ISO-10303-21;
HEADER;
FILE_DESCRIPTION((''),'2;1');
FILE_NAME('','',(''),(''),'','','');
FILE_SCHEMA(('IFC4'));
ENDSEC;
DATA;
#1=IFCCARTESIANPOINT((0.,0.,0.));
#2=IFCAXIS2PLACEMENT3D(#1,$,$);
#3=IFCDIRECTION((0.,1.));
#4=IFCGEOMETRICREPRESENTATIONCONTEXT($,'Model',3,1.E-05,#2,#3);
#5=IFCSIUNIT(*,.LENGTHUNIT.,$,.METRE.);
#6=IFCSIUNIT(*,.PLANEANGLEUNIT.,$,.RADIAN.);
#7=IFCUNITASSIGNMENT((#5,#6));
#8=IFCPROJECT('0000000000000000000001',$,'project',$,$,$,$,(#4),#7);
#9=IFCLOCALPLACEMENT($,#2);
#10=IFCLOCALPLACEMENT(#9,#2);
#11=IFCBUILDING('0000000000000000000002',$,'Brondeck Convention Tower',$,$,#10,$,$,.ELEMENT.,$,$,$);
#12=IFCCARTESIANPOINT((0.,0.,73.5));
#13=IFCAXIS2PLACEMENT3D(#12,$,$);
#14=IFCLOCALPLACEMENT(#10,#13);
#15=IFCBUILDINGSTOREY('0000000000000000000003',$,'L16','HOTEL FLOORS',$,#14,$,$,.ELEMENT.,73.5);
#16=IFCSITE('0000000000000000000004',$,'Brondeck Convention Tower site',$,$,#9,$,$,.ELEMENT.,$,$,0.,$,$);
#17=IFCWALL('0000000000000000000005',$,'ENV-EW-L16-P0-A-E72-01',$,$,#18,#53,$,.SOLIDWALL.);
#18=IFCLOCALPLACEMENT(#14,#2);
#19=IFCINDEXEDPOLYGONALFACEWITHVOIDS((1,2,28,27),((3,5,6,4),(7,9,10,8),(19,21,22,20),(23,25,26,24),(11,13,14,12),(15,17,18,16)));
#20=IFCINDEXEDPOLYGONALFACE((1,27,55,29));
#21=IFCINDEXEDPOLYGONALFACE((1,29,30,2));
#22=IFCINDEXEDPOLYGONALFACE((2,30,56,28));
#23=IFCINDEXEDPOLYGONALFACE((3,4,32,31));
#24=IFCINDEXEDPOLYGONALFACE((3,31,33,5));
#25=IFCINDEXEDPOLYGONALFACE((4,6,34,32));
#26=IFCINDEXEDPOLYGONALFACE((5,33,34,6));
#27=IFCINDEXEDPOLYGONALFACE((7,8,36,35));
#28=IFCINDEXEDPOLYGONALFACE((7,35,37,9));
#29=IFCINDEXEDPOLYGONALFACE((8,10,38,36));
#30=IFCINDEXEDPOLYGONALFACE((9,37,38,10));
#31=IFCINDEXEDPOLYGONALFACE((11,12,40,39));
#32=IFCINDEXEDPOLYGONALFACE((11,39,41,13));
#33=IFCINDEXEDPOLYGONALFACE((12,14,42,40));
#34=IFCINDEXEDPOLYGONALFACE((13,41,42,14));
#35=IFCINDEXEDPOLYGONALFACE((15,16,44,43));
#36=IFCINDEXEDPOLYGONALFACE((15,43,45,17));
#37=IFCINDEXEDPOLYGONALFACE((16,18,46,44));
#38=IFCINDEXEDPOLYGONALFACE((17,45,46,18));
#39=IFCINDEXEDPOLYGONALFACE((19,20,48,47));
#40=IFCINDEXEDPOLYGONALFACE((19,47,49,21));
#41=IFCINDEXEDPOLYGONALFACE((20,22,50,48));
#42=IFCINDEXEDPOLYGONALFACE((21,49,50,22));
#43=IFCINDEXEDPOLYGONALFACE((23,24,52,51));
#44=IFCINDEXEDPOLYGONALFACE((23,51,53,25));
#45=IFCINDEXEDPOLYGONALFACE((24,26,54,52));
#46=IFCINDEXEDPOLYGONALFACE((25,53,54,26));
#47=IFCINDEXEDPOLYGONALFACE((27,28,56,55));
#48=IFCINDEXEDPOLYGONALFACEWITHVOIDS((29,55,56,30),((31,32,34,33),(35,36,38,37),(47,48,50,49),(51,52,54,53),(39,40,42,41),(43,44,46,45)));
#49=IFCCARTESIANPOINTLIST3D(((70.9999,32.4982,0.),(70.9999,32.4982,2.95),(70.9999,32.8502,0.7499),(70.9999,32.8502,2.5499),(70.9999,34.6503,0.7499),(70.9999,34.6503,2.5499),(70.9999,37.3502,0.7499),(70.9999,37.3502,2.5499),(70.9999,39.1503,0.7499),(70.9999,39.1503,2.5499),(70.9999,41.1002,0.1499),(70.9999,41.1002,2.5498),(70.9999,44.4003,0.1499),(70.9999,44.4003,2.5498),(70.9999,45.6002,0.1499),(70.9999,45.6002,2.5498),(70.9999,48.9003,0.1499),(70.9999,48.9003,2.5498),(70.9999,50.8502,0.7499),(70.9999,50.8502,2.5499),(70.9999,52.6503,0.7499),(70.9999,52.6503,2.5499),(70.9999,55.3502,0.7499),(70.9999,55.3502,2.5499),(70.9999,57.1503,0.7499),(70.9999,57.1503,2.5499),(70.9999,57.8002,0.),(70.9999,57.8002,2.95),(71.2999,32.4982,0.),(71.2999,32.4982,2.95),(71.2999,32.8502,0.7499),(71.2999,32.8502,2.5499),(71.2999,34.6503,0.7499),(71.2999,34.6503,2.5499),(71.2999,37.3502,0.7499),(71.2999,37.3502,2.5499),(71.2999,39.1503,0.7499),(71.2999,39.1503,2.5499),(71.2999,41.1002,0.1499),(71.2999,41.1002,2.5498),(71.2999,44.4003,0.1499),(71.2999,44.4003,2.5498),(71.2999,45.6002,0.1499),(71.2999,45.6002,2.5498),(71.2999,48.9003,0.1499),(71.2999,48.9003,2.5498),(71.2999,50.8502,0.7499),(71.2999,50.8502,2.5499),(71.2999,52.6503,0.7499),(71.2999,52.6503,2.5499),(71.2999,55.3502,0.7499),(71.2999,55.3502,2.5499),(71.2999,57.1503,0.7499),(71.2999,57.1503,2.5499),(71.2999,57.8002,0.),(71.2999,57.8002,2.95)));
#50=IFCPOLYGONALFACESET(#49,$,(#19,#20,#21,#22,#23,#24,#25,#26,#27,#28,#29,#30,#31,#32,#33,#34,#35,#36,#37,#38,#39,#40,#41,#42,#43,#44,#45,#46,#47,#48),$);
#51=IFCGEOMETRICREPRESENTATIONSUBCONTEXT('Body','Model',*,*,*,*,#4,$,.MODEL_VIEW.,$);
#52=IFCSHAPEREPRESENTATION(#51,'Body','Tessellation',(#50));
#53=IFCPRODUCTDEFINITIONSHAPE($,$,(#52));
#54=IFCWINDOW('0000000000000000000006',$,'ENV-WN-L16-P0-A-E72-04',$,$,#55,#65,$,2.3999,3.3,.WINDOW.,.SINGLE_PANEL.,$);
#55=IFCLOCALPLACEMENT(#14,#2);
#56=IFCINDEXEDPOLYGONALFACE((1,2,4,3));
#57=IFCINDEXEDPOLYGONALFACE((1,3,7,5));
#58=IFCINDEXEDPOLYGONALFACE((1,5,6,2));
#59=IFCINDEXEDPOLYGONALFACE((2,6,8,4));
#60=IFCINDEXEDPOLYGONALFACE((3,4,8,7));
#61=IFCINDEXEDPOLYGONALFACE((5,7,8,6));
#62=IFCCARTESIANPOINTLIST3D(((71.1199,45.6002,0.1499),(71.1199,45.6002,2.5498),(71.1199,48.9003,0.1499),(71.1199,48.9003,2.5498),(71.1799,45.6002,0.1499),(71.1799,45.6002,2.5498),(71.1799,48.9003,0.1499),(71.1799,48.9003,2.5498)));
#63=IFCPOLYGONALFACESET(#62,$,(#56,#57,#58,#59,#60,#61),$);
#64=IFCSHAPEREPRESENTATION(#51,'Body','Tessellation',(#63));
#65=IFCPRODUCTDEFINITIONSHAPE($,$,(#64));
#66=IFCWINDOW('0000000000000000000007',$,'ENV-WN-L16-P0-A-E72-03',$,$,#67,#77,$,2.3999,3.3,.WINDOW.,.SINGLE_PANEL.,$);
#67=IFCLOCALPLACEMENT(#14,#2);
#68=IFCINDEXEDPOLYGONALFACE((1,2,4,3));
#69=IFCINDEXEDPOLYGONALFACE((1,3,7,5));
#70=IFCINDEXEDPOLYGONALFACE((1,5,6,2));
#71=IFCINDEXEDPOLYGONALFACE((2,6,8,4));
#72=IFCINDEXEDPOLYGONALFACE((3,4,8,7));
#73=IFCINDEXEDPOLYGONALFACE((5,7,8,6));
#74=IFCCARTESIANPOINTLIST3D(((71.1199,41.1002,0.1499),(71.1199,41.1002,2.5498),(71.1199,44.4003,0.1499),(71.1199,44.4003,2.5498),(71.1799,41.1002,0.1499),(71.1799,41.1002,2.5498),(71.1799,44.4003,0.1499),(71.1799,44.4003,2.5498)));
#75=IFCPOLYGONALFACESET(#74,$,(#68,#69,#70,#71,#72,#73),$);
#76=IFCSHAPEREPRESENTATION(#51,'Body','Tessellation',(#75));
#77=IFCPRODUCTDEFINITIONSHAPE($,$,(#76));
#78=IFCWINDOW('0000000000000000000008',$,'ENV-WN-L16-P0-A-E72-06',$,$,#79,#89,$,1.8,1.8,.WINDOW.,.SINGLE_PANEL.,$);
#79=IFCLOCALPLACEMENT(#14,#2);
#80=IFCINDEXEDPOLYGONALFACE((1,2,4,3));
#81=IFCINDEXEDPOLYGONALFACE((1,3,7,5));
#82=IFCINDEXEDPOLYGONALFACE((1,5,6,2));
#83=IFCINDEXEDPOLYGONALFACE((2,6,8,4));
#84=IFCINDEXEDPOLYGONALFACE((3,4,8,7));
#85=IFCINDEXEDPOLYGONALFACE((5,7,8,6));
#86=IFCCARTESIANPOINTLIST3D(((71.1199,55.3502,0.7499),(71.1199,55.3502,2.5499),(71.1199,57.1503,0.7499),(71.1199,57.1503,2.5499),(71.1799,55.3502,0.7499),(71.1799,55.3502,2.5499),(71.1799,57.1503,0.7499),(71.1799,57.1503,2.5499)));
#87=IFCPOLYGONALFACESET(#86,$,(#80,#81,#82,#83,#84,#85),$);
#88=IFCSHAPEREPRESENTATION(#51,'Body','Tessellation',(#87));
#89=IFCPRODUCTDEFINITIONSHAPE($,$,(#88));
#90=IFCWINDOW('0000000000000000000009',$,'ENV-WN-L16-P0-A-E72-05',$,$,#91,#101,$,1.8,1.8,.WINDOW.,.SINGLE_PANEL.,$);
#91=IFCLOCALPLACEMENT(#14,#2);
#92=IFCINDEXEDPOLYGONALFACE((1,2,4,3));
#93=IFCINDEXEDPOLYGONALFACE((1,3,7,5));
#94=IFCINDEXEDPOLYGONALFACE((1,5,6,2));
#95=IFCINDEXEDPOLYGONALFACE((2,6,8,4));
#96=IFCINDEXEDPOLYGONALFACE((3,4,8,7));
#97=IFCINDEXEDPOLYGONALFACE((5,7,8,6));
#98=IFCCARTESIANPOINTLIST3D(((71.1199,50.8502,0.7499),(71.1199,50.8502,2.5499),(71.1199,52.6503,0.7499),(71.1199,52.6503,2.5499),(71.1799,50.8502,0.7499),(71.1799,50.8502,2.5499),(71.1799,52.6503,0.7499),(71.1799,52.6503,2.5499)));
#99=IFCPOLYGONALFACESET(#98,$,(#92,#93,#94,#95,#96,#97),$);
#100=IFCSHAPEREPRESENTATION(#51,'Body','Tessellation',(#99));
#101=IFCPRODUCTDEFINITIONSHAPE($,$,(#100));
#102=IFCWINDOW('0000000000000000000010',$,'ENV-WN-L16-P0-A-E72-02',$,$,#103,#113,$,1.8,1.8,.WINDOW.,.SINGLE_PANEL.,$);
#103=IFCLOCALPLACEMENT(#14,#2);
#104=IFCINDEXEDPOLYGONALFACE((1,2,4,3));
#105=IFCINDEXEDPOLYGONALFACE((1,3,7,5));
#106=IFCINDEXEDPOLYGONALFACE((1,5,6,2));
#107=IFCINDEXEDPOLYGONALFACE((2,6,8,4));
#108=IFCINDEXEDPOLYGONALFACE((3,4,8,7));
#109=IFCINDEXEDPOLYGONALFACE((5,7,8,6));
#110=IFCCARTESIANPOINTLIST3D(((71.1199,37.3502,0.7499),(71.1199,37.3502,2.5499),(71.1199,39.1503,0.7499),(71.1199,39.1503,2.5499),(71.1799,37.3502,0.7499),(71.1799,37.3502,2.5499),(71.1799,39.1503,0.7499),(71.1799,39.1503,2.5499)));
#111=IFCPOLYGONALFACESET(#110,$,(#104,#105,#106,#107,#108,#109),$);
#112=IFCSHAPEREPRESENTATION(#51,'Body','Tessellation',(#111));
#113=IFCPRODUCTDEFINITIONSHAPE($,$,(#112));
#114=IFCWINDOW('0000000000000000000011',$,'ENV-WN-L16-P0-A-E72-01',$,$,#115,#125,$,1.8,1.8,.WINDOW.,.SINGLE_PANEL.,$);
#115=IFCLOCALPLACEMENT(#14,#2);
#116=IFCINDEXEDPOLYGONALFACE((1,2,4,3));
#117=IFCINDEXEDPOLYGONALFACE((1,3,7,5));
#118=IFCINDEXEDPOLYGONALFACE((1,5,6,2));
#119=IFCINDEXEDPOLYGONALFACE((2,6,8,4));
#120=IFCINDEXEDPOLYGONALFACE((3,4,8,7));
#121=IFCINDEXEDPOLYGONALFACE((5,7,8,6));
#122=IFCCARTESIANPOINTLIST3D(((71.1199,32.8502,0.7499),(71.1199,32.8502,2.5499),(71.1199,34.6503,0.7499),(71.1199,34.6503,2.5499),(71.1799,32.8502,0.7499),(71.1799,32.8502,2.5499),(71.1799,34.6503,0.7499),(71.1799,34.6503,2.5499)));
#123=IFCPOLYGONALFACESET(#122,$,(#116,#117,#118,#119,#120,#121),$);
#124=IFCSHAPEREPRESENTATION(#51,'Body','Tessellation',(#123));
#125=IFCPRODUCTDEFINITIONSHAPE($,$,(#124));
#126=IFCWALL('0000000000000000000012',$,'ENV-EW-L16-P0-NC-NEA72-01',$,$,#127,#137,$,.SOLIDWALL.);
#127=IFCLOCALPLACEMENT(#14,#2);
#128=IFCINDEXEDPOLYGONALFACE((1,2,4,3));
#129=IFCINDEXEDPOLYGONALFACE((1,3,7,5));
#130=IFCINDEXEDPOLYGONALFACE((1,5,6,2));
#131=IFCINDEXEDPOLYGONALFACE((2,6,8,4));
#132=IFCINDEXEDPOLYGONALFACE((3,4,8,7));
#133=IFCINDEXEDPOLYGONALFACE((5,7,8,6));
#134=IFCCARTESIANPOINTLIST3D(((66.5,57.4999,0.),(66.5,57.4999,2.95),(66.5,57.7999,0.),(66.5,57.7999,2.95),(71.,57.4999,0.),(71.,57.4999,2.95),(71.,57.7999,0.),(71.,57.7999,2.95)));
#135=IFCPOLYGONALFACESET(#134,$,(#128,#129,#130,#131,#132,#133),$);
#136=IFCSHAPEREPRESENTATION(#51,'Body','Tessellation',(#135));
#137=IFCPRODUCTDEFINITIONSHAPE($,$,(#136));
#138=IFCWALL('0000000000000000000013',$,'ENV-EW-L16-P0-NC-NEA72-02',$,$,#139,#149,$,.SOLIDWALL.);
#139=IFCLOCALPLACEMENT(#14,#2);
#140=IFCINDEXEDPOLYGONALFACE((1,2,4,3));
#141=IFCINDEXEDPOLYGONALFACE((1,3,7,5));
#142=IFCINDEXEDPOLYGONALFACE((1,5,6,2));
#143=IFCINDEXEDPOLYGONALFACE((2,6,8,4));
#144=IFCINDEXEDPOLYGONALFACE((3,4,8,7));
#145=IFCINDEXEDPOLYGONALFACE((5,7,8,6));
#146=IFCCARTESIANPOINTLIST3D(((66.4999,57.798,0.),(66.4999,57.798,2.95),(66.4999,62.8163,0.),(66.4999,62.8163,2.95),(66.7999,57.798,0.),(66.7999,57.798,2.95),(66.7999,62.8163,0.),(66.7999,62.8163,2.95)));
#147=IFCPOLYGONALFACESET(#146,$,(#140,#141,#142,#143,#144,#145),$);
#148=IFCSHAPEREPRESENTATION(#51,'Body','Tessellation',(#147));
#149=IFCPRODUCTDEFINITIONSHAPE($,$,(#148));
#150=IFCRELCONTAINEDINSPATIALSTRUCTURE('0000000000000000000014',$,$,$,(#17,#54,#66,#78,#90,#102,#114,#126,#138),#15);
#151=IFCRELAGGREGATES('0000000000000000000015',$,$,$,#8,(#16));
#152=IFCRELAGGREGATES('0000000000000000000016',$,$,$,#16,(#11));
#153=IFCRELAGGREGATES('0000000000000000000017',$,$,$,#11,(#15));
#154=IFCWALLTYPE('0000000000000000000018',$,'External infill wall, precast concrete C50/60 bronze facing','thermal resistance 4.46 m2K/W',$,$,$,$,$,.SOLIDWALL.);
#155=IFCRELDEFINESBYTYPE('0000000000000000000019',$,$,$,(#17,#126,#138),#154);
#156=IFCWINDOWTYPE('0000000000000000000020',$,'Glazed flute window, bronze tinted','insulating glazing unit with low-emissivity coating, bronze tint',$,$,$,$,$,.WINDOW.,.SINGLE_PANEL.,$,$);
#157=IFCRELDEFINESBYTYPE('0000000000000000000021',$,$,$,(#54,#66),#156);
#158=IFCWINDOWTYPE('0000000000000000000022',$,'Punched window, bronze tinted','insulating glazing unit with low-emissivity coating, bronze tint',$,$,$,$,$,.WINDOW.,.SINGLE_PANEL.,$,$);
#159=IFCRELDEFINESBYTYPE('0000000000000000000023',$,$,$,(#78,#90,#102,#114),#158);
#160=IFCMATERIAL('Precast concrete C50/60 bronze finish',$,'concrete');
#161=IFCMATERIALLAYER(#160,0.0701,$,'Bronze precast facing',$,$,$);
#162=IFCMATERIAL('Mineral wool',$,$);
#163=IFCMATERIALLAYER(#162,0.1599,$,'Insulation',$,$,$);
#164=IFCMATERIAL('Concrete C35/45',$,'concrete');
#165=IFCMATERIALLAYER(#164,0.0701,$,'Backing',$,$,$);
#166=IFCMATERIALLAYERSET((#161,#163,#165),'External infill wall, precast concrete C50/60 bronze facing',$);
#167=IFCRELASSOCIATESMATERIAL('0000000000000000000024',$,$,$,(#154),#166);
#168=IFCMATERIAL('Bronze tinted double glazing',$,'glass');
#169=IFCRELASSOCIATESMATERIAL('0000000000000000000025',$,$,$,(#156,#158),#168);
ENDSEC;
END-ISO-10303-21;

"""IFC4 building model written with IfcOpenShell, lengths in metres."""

from ifc_helpers import new_model, si_unit, direction, frame, frame_2d, origin, place, context, subcontext, project, spatial, rectangle, extrude, material, layer, layer_set, type_object, element, fill, save


model = new_model("IFC4")

# Units and contexts
model_context = context("Model", 3, precision=1e-05, world=origin(), true_north=direction((0.0, 1.0)))
body_context = subcontext(model_context, "Body", "Model", "MODEL_VIEW")
ifc_project = project(units=[si_unit("LENGTHUNIT", "METRE"), si_unit("PLANEANGLEUNIT", "RADIAN")], contexts=[model_context])

# Site, building, storey
site_placement = place(None, origin())
site = spatial("IfcSite", under=ifc_project, at=site_placement, Name="Brondeck Convention Tower site", CompositionType="ELEMENT", RefElevation=0.0)
building_placement = place(site_placement, origin())
building = spatial("IfcBuilding", under=site, at=building_placement, Name="Brondeck Convention Tower", CompositionType="ELEMENT")
storey_placement = place(building_placement, frame((0.0, 0.0, 73.5)))
storey = spatial("IfcBuildingStorey", under=building, at=storey_placement, Name="L16", Description="HOTEL FLOORS", CompositionType="ELEMENT", Elevation=73.5)

# Wall, openings, windows
ifc_material_1 = material(Name="Precast concrete C50/60 bronze finish", Category="concrete")
ifc_layer_1 = layer(ifc_material_1, 0.0701, Name="Bronze precast facing")
ifc_material_2 = material(Name="Mineral wool")
ifc_layer_2 = layer(ifc_material_2, 0.1599, Name="Insulation")
ifc_material_3 = material(Name="Concrete C35/45", Category="concrete")
ifc_layer_3 = layer(ifc_material_3, 0.0701, Name="Backing")
ifc_layer_set_1 = layer_set([ifc_layer_1, ifc_layer_2, ifc_layer_3], Name="External infill wall, precast concrete C50/60 bronze facing")
wall_type_1 = type_object("IfcWallType", Name="External infill wall, precast concrete C50/60 bronze facing", Description="thermal resistance 4.46 m2K/W", PredefinedType="SOLIDWALL", material=ifc_layer_set_1)
wall_1_placement = place(storey_placement, frame((71.1499, 57.8, 0.0), z_axis=(0.0, 0.0, 1.0), x_axis=(0.0, -1.0, 0.0)))
wall_1 = element("IfcWall", 1, at=wall_1_placement, inside=storey, type_object=wall_type_1, Name="ENV-EW-L16-P0-A-E72-01", PredefinedType="SOLIDWALL", context=body_context, shape_type="SweptSolid", body=[
    extrude(rectangle(XDim=25.302, YDim=0.3, at=frame_2d((12.6509, 0.0))), origin(), (0.0, 0.0, 1.0), 2.95),
])
opening_1_placement = place(wall_1_placement, frame((0.6499, 0.0, 0.75)))
opening_1 = element("IfcOpeningElement", 2, at=opening_1_placement, cuts=wall_1, PredefinedType="OPENING", context=body_context, shape_type="SweptSolid", body=[
    extrude(rectangle(XDim=1.8, YDim=1.8, at=frame_2d((0.8999, 0.8999))), frame((0.0, 0.1599, 0.0), z_axis=(0.0, -1.0, 0.0), x_axis=(1.0, 0.0, 0.0)), (0.0, 0.0, 1.0), 0.3201),
])
opening_2_placement = place(wall_1_placement, frame((5.1499, 0.0, 0.75)))
opening_2 = element("IfcOpeningElement", 3, at=opening_2_placement, cuts=wall_1, PredefinedType="OPENING", context=body_context, shape_type="SweptSolid", body=[
    extrude(rectangle(XDim=1.8, YDim=1.8, at=frame_2d((0.8999, 0.8999))), frame((0.0, 0.1599, 0.0), z_axis=(0.0, -1.0, 0.0), x_axis=(1.0, 0.0, 0.0)), (0.0, 0.0, 1.0), 0.3201),
])
opening_3_placement = place(wall_1_placement, frame((8.8999, 0.0, 0.1499)))
opening_3 = element("IfcOpeningElement", 4, at=opening_3_placement, cuts=wall_1, PredefinedType="OPENING", context=body_context, shape_type="SweptSolid", body=[
    extrude(rectangle(XDim=3.3, YDim=2.3999, at=frame_2d((1.6499, 1.2))), frame((0.0, 0.1599, 0.0), z_axis=(0.0, -1.0, 0.0), x_axis=(1.0, 0.0, 0.0)), (0.0, 0.0, 1.0), 0.3201),
])
opening_4_placement = place(wall_1_placement, frame((13.3999, 0.0, 0.1499)))
opening_4 = element("IfcOpeningElement", 5, at=opening_4_placement, cuts=wall_1, PredefinedType="OPENING", context=body_context, shape_type="SweptSolid", body=[
    extrude(rectangle(XDim=3.3, YDim=2.3999, at=frame_2d((1.6499, 1.2))), frame((0.0, 0.1599, 0.0), z_axis=(0.0, -1.0, 0.0), x_axis=(1.0, 0.0, 0.0)), (0.0, 0.0, 1.0), 0.3201),
])
opening_5_placement = place(wall_1_placement, frame((18.6499, 0.0, 0.75)))
opening_5 = element("IfcOpeningElement", 6, at=opening_5_placement, cuts=wall_1, PredefinedType="OPENING", context=body_context, shape_type="SweptSolid", body=[
    extrude(rectangle(XDim=1.8, YDim=1.8, at=frame_2d((0.8999, 0.8999))), frame((0.0, 0.1599, 0.0), z_axis=(0.0, -1.0, 0.0), x_axis=(1.0, 0.0, 0.0)), (0.0, 0.0, 1.0), 0.3201),
])
opening_6_placement = place(wall_1_placement, frame((23.1499, 0.0, 0.75)))
opening_6 = element("IfcOpeningElement", 7, at=opening_6_placement, cuts=wall_1, PredefinedType="OPENING", context=body_context, shape_type="SweptSolid", body=[
    extrude(rectangle(XDim=1.8, YDim=1.8, at=frame_2d((0.8999, 0.8999))), frame((0.0, 0.1599, 0.0), z_axis=(0.0, -1.0, 0.0), x_axis=(1.0, 0.0, 0.0)), (0.0, 0.0, 1.0), 0.3201),
])
ifc_material_4 = material(Name="Bronze tinted double glazing", Category="glass")
window_type_1 = type_object("IfcWindowType", Name="Glazed flute window, bronze tinted", Description="insulating glazing unit with low-emissivity coating, bronze tint", PartitioningType="SINGLE_PANEL", PredefinedType="WINDOW", material=ifc_material_4)
window_1_placement = place(opening_3_placement, origin())
window_1 = element("IfcWindow", 8, at=window_1_placement, inside=storey, type_object=window_type_1, Name="ENV-WN-L16-P0-A-E72-04", OverallHeight=2.3999, OverallWidth=3.3, PartitioningType="SINGLE_PANEL", PredefinedType="WINDOW", context=body_context, shape_type="SweptSolid", body=[
    extrude(rectangle(XDim=3.3, YDim=2.3999, at=frame_2d((1.6499, 1.2))), frame((0.0, 0.03, 0.0), z_axis=(0.0, -1.0, 0.0), x_axis=(1.0, 0.0, 0.0)), (0.0, 0.0, 1.0), 0.0601),
])
fill(opening_3, window_1)
window_2_placement = place(opening_4_placement, origin())
window_2 = element("IfcWindow", 9, at=window_2_placement, inside=storey, type_object=window_type_1, Name="ENV-WN-L16-P0-A-E72-03", OverallHeight=2.3999, OverallWidth=3.3, PartitioningType="SINGLE_PANEL", PredefinedType="WINDOW", context=body_context, shape_type="SweptSolid", body=[
    extrude(rectangle(XDim=3.3, YDim=2.3999, at=frame_2d((1.6499, 1.2))), frame((0.0, 0.03, 0.0), z_axis=(0.0, -1.0, 0.0), x_axis=(1.0, 0.0, 0.0)), (0.0, 0.0, 1.0), 0.0601),
])
fill(opening_4, window_2)
window_type_2 = type_object("IfcWindowType", Name="Punched window, bronze tinted", Description="insulating glazing unit with low-emissivity coating, bronze tint", PartitioningType="SINGLE_PANEL", PredefinedType="WINDOW", material=ifc_material_4)
window_3_placement = place(opening_1_placement, origin())
window_3 = element("IfcWindow", 10, at=window_3_placement, inside=storey, type_object=window_type_2, Name="ENV-WN-L16-P0-A-E72-06", OverallHeight=1.8, OverallWidth=1.8, PartitioningType="SINGLE_PANEL", PredefinedType="WINDOW", context=body_context, shape_type="SweptSolid", body=[
    extrude(rectangle(XDim=1.8, YDim=1.8, at=frame_2d((0.8999, 0.8999))), frame((0.0, 0.03, 0.0), z_axis=(0.0, -1.0, 0.0), x_axis=(1.0, 0.0, 0.0)), (0.0, 0.0, 1.0), 0.0601),
])
fill(opening_1, window_3)
window_4_placement = place(opening_2_placement, origin())
window_4 = element("IfcWindow", 11, at=window_4_placement, inside=storey, type_object=window_type_2, Name="ENV-WN-L16-P0-A-E72-05", OverallHeight=1.8, OverallWidth=1.8, PartitioningType="SINGLE_PANEL", PredefinedType="WINDOW", context=body_context, shape_type="SweptSolid", body=[
    extrude(rectangle(XDim=1.8, YDim=1.8, at=frame_2d((0.8999, 0.8999))), frame((0.0, 0.03, 0.0), z_axis=(0.0, -1.0, 0.0), x_axis=(1.0, 0.0, 0.0)), (0.0, 0.0, 1.0), 0.0601),
])
fill(opening_2, window_4)
window_5_placement = place(opening_5_placement, origin())
window_5 = element("IfcWindow", 12, at=window_5_placement, inside=storey, type_object=window_type_2, Name="ENV-WN-L16-P0-A-E72-02", OverallHeight=1.8, OverallWidth=1.8, PartitioningType="SINGLE_PANEL", PredefinedType="WINDOW", context=body_context, shape_type="SweptSolid", body=[
    extrude(rectangle(XDim=1.8, YDim=1.8, at=frame_2d((0.8999, 0.8999))), frame((0.0, 0.03, 0.0), z_axis=(0.0, -1.0, 0.0), x_axis=(1.0, 0.0, 0.0)), (0.0, 0.0, 1.0), 0.0601),
])
fill(opening_5, window_5)
window_6_placement = place(opening_6_placement, origin())
window_6 = element("IfcWindow", 13, at=window_6_placement, inside=storey, type_object=window_type_2, Name="ENV-WN-L16-P0-A-E72-01", OverallHeight=1.8, OverallWidth=1.8, PartitioningType="SINGLE_PANEL", PredefinedType="WINDOW", context=body_context, shape_type="SweptSolid", body=[
    extrude(rectangle(XDim=1.8, YDim=1.8, at=frame_2d((0.8999, 0.8999))), frame((0.0, 0.03, 0.0), z_axis=(0.0, -1.0, 0.0), x_axis=(1.0, 0.0, 0.0)), (0.0, 0.0, 1.0), 0.0601),
])
fill(opening_6, window_6)

# Walls
wall_2_placement = place(storey_placement, frame((66.5, 57.6499, 0.0), z_axis=(0.0, 0.0, 1.0), x_axis=(1.0, 0.0, 0.0)))
element("IfcWall", 14, at=wall_2_placement, inside=storey, type_object=wall_type_1, Name="ENV-EW-L16-P0-NC-NEA72-01", PredefinedType="SOLIDWALL", context=body_context, shape_type="SweptSolid", body=[
    extrude(rectangle(XDim=4.5, YDim=0.3, at=frame_2d((2.25, 0.0))), origin(), (0.0, 0.0, 1.0), 2.95),
])
wall_3_placement = place(storey_placement, frame((66.6499, 62.8164, 0.0), z_axis=(0.0, 0.0, 1.0), x_axis=(0.0, -1.0, 0.0)))
element("IfcWall", 15, at=wall_3_placement, inside=storey, type_object=wall_type_1, Name="ENV-EW-L16-P0-NC-NEA72-02", PredefinedType="SOLIDWALL", context=body_context, shape_type="SweptSolid", body=[
    extrude(rectangle(XDim=5.0183, YDim=0.3, at=frame_2d((2.5093, 0.0))), origin(), (0.0, 0.0, 1.0), 2.95),
])

save(model, "model.ifc")
